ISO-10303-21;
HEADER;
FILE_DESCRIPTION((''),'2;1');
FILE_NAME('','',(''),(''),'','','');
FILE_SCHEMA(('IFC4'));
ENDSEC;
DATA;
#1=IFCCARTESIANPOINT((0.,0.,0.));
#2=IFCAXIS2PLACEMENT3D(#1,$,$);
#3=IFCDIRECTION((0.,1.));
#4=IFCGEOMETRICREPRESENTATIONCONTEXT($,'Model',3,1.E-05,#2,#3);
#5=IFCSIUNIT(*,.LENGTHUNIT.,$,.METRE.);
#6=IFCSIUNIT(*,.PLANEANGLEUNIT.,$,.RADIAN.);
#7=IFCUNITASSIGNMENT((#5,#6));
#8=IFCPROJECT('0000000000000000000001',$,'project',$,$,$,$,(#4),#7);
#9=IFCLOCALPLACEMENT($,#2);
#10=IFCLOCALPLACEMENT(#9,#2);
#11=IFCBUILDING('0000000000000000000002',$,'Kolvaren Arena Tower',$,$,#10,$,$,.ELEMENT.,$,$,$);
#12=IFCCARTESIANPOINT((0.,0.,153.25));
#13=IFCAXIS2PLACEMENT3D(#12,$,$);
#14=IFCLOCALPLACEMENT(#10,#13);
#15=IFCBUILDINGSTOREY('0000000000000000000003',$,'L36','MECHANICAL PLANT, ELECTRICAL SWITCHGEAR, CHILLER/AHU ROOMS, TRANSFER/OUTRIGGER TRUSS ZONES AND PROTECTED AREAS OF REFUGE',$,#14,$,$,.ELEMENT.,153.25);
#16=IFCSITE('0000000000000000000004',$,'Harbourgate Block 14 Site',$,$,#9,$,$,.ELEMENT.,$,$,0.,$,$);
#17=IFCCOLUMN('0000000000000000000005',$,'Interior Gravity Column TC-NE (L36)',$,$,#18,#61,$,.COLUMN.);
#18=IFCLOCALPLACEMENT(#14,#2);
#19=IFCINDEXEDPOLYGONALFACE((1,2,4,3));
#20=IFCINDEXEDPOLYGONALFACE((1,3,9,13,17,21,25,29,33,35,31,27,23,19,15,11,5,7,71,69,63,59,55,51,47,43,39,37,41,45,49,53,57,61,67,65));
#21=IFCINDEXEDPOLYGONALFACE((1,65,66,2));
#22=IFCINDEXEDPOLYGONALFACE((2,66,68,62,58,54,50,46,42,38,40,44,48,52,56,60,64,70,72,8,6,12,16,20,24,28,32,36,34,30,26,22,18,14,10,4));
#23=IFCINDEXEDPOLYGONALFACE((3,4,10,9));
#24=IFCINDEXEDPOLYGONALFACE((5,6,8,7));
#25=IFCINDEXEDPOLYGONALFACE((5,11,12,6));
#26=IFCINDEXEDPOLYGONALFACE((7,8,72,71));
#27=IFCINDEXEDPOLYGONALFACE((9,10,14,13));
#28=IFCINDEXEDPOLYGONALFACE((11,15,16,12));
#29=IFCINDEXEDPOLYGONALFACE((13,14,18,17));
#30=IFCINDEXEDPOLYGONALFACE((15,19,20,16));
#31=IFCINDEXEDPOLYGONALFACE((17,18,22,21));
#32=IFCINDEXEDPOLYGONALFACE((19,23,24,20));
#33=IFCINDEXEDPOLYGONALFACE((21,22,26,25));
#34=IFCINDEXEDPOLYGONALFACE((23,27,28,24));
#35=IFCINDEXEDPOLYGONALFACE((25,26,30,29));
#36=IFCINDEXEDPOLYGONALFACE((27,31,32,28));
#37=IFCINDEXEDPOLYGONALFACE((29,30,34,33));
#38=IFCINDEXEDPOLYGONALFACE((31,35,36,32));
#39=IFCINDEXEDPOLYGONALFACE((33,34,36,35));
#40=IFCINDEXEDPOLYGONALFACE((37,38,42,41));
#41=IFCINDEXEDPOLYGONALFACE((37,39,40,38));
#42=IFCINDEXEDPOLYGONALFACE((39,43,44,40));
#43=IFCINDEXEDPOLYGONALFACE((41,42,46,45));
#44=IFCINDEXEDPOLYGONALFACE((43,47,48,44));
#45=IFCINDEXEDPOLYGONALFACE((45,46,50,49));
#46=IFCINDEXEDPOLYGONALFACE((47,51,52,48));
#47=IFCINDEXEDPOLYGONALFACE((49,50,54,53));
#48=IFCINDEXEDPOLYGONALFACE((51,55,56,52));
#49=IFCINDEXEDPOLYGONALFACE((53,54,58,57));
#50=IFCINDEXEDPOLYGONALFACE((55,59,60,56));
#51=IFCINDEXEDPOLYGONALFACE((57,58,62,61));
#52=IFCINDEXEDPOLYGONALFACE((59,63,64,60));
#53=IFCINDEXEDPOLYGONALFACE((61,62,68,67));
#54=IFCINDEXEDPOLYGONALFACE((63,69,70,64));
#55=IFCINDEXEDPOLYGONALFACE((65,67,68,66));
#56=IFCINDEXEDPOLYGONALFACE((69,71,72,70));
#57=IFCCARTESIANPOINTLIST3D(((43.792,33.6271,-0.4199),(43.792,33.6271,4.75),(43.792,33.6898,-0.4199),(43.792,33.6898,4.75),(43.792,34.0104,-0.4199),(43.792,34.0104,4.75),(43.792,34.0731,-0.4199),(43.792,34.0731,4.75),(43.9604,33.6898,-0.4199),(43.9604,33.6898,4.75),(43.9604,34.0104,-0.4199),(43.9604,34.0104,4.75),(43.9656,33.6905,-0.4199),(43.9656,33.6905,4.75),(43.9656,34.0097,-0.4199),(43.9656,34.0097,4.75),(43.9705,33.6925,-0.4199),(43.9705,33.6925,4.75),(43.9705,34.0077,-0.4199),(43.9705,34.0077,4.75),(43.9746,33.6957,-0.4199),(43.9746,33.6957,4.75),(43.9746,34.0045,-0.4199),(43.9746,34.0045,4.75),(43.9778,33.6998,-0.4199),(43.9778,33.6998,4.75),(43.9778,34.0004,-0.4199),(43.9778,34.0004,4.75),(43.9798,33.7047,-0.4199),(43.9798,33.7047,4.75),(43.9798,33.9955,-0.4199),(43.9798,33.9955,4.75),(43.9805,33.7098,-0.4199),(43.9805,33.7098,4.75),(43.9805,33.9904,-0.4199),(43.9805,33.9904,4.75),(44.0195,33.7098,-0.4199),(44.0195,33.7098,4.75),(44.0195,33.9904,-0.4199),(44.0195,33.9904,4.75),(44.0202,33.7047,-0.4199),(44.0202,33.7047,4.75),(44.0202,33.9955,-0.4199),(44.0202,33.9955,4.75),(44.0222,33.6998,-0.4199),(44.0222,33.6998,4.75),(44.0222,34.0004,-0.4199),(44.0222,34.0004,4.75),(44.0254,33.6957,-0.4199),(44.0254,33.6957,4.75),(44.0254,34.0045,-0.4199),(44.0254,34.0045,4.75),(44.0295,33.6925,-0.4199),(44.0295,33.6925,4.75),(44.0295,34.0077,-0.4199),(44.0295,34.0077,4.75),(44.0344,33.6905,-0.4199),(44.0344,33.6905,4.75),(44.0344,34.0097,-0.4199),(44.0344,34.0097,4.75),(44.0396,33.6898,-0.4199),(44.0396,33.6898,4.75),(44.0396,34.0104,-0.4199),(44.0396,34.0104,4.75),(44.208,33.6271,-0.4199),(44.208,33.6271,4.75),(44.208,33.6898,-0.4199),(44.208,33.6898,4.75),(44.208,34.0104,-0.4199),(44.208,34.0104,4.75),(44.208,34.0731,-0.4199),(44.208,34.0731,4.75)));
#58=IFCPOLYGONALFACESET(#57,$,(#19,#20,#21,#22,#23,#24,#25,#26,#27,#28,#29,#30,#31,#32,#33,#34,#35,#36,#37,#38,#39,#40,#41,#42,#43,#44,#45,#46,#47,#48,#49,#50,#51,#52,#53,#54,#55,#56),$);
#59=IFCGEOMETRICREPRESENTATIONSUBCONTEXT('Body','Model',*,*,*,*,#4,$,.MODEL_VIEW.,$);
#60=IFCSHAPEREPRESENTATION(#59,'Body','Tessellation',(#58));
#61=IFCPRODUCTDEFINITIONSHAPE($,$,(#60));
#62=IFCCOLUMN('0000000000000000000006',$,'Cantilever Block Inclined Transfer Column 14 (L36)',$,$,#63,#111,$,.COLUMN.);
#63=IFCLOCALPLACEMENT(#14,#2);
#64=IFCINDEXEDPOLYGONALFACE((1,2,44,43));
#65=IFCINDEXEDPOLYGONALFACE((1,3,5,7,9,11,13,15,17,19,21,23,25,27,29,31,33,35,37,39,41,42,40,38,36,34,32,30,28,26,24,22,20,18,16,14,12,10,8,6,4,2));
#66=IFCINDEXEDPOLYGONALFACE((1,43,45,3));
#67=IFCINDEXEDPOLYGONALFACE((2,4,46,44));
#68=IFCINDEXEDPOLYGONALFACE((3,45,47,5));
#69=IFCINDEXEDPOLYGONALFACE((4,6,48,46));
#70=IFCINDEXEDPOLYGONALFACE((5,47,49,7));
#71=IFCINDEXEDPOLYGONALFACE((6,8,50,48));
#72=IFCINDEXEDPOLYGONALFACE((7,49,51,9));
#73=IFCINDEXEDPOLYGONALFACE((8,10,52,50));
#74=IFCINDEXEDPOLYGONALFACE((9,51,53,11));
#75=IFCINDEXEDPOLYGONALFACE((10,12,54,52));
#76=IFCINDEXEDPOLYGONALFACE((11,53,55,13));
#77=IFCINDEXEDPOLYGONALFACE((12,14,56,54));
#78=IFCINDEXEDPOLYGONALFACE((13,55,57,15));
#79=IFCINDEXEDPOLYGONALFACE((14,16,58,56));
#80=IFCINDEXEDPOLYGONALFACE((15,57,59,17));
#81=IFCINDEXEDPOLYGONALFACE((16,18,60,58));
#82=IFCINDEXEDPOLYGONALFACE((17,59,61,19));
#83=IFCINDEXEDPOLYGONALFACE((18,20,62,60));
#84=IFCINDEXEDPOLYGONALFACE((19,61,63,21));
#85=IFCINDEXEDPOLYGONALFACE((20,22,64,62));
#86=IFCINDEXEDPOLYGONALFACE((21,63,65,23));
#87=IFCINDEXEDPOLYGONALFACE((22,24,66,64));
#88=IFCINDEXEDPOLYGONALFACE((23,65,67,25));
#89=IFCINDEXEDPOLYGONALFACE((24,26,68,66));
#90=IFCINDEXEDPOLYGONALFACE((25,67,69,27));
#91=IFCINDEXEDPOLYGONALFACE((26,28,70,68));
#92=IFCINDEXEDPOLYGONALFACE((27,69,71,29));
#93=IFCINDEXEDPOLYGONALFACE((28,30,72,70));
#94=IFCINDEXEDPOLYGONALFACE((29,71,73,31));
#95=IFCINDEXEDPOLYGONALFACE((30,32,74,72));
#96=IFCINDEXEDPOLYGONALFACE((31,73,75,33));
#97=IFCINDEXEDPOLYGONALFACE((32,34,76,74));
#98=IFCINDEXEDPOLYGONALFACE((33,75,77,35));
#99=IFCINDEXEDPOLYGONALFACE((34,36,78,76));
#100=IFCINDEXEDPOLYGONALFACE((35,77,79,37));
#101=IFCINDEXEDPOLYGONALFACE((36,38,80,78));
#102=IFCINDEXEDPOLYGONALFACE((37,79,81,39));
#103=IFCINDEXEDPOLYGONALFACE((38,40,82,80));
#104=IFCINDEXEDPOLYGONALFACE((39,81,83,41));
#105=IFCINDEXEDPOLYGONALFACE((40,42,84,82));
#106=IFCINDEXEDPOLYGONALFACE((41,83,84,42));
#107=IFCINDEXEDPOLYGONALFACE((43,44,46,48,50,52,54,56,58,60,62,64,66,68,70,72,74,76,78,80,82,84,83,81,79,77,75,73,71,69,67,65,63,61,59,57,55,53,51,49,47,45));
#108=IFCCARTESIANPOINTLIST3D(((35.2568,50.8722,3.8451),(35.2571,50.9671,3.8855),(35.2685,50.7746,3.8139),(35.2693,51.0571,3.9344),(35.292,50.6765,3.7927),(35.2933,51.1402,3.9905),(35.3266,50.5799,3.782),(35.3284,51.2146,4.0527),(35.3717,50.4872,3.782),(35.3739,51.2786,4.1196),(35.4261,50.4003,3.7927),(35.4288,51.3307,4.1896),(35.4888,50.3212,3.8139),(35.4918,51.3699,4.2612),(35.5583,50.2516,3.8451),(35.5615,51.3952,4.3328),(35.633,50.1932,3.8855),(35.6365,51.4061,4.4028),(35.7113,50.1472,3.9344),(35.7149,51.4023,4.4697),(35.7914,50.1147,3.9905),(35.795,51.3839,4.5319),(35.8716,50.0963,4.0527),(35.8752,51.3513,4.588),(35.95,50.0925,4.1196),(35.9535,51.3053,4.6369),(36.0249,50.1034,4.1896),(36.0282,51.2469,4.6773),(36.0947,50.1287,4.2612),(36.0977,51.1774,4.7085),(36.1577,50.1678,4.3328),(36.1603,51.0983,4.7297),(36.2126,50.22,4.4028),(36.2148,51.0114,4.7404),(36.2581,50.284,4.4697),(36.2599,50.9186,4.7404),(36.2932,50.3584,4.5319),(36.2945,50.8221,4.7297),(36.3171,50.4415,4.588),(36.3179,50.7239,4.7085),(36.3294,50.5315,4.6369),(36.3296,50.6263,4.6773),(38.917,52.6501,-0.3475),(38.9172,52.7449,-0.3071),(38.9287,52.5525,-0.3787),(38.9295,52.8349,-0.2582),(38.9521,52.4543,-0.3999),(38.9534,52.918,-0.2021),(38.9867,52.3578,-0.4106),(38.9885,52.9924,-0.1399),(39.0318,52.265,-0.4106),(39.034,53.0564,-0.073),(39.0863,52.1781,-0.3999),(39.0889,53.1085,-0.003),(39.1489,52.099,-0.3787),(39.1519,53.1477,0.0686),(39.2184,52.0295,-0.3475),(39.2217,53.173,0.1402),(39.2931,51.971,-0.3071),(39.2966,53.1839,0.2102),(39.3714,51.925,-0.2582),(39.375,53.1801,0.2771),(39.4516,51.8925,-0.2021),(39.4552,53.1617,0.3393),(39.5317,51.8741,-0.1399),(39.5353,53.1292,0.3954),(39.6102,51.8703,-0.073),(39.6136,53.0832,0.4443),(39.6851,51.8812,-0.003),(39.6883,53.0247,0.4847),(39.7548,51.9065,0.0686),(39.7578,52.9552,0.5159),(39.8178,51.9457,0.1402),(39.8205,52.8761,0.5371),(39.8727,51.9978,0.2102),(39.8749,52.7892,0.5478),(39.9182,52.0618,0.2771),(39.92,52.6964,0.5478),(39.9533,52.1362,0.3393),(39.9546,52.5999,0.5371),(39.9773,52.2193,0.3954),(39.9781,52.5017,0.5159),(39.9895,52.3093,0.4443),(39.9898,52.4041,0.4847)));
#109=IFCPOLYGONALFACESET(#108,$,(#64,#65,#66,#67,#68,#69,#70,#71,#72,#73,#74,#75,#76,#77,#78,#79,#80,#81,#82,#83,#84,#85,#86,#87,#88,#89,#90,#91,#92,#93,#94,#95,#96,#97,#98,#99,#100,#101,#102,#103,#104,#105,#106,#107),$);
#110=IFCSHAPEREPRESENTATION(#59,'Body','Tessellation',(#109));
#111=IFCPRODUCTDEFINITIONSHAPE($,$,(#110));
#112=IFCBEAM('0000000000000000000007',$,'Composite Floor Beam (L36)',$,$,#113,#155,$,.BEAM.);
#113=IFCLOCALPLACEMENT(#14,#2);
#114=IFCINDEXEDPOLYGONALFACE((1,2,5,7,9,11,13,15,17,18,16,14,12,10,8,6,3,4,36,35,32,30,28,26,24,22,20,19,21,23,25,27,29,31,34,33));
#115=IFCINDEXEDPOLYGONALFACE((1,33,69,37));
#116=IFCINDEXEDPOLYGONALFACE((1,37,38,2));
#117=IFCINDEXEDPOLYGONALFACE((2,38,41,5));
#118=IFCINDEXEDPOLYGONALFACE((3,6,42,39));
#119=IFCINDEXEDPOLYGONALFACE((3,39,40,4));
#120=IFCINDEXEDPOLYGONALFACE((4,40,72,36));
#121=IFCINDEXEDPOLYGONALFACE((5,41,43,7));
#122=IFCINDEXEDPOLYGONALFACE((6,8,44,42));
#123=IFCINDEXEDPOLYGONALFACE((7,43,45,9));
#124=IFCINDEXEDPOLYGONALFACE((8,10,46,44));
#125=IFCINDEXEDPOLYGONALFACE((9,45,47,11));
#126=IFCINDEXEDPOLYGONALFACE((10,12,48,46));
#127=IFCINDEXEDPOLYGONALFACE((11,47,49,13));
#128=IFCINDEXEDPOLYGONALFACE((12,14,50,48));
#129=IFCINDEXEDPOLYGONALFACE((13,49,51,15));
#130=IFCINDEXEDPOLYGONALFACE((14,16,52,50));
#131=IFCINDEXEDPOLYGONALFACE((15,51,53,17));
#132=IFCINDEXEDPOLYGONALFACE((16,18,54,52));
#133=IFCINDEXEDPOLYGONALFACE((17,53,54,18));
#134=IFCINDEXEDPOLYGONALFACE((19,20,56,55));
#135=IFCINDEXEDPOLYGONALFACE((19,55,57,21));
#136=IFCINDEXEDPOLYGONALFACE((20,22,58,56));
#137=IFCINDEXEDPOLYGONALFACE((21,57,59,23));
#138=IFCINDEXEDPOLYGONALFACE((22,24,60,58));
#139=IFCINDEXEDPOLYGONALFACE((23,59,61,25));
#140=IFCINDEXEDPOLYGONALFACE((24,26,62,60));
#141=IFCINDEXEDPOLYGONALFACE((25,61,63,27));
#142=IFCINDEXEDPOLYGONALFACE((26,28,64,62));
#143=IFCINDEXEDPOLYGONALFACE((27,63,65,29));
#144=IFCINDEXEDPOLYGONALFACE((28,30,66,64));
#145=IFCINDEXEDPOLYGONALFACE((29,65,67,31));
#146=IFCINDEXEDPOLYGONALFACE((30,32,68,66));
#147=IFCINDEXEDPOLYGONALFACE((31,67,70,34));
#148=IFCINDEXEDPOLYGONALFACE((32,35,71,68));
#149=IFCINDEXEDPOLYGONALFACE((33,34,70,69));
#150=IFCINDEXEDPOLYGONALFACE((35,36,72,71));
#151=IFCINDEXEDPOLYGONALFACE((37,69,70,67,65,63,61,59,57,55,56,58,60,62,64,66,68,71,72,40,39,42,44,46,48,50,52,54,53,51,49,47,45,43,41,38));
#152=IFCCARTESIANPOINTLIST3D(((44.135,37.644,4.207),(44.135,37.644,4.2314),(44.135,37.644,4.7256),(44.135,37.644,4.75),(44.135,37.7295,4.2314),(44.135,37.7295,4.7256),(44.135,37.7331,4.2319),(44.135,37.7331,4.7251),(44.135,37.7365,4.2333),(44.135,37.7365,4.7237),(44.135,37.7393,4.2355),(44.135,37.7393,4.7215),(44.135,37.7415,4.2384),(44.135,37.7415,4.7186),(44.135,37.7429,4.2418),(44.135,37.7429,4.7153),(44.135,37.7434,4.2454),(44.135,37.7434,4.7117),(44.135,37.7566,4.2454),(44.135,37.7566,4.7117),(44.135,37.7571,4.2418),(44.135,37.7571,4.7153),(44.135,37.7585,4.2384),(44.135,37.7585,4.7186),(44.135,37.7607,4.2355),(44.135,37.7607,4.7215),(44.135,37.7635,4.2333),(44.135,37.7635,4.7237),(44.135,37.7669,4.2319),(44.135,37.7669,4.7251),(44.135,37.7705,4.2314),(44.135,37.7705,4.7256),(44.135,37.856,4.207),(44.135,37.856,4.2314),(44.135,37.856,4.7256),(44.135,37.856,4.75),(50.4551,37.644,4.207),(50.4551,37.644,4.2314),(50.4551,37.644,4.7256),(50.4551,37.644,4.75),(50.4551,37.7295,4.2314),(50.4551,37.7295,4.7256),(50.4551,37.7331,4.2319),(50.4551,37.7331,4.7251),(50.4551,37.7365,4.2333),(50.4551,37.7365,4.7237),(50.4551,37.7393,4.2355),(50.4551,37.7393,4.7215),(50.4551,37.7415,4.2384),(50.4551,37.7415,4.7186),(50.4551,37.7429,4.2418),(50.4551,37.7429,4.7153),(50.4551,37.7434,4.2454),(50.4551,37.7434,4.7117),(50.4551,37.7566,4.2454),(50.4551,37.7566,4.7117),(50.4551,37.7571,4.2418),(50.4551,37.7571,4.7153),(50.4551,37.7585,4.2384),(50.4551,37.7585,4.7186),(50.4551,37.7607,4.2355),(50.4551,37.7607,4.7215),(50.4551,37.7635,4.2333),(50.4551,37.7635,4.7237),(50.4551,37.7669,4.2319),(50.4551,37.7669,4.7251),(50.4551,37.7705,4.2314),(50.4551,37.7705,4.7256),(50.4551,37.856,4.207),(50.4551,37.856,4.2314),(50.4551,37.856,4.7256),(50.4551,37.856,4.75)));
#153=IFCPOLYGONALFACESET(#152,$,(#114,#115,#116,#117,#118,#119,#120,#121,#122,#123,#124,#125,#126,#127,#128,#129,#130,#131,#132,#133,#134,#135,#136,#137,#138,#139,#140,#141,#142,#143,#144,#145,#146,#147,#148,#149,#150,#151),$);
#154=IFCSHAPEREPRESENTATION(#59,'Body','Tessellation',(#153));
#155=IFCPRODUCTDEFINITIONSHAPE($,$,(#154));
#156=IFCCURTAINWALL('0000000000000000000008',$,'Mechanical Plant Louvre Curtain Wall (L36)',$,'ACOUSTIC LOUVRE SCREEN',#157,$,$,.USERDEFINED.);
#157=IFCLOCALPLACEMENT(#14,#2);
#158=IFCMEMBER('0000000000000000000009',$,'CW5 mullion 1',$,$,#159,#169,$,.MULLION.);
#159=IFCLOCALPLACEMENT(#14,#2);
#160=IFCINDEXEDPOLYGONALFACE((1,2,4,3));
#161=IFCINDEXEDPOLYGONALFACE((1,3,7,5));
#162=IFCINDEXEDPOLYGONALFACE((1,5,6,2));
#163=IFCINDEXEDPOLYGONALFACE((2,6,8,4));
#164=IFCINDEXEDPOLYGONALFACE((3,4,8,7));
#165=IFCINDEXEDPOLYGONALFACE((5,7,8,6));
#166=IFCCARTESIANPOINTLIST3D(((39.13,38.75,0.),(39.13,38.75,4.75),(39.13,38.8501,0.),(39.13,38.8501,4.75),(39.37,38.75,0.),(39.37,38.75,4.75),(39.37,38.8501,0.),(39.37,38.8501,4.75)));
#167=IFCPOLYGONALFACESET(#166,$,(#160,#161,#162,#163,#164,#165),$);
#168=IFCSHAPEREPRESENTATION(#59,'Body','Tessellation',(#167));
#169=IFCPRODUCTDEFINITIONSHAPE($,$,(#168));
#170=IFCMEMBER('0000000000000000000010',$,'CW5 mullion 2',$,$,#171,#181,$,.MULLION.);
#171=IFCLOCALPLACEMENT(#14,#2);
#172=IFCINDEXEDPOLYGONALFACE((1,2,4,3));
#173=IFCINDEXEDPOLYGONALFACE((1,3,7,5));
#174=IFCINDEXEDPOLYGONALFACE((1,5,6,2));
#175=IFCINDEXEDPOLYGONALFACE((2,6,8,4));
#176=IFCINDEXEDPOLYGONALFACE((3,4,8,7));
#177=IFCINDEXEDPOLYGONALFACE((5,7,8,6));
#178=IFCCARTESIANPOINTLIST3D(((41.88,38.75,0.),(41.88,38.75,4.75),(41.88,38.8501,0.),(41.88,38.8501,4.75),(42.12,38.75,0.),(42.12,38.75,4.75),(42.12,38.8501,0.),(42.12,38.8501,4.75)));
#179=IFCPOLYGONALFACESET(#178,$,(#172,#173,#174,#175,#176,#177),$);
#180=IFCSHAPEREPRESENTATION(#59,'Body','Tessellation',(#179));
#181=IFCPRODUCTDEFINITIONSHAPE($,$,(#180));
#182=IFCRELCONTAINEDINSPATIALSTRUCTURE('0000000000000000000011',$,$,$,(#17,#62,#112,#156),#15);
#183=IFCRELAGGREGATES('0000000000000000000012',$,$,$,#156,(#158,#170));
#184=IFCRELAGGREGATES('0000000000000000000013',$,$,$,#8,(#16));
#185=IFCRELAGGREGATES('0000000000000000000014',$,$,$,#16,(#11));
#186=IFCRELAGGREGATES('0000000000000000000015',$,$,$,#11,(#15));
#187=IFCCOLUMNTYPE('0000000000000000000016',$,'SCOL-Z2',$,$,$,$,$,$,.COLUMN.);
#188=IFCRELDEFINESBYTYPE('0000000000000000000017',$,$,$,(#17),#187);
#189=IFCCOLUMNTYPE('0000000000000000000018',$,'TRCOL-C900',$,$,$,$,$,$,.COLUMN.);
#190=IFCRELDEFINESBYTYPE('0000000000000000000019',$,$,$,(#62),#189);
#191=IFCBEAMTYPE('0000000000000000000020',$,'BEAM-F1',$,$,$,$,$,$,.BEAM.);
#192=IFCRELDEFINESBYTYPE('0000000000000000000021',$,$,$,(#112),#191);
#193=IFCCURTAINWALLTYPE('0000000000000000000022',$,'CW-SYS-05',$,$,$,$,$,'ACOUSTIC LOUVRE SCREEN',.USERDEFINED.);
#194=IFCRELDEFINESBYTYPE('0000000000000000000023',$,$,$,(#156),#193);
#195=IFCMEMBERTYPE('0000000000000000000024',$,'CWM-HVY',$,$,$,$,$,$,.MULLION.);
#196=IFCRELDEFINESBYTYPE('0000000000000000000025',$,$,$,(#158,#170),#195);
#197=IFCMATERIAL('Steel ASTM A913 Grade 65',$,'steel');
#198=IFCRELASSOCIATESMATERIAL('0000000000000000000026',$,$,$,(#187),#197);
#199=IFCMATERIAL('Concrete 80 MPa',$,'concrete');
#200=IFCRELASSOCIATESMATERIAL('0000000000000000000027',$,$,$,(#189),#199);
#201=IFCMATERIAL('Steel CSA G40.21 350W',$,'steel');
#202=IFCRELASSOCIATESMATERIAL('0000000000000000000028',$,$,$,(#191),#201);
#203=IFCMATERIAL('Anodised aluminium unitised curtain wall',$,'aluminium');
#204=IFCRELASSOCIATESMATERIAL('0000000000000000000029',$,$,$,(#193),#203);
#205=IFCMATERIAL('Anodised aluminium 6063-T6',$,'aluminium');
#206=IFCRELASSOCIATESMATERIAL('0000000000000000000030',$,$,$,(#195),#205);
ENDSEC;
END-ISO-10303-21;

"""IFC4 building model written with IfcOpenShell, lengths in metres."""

from ifc_helpers import new_model, si_unit, direction, frame, origin, origin_2d, place, context, subcontext, project, spatial, rectangle, circle, i_section, extrude, material, material_profile, profile_set, type_object, element, aggregate, save


model = new_model("IFC4")

# Units and contexts
model_context = context("Model", 3, precision=1e-05, world=origin(), true_north=direction((0.0, 1.0)))
body_context = subcontext(model_context, "Body", "Model", "MODEL_VIEW")
ifc_project = project(units=[si_unit("LENGTHUNIT", "METRE"), si_unit("PLANEANGLEUNIT", "RADIAN")], contexts=[model_context])

# Site, building, storey
site_placement = place(None, origin())
site = spatial("IfcSite", under=ifc_project, at=site_placement, Name="Harbourgate Block 14 Site", CompositionType="ELEMENT", RefElevation=0.0)
building_placement = place(site_placement, origin())
building = spatial("IfcBuilding", under=site, at=building_placement, Name="Kolvaren Arena Tower", CompositionType="ELEMENT")
storey_placement = place(building_placement, frame((0.0, 0.0, 153.25)))
storey = spatial("IfcBuildingStorey", under=building, at=storey_placement, Name="L36", Description="MECHANICAL PLANT, ELECTRICAL SWITCHGEAR, CHILLER/AHU ROOMS, TRANSFER/OUTRIGGER TRUSS ZONES AND PROTECTED AREAS OF REFUGE", CompositionType="ELEMENT", Elevation=153.25)

# Columns
ifc_material_1 = material(Name="Steel ASTM A913 Grade 65", Category="steel")
ifc_material_profile_1 = material_profile(ifc_material_1, i_section(OverallWidth=0.416, OverallDepth=0.446, WebThickness=0.0391, FlangeThickness=0.0627, FilletRadius=0.02, at=origin_2d()), Name="W360x509")
ifc_profile_set_1 = profile_set([ifc_material_profile_1], Name="Steel ASTM A913 Grade 65")
column_type_1 = type_object("IfcColumnType", Name="SCOL-Z2", PredefinedType="COLUMN", material=ifc_profile_set_1)
column_1_placement = place(storey_placement, frame((44.0, 33.8501, -0.4199), z_axis=(0.0, 0.0, 1.0), x_axis=(1.0, 0.0, 0.0)))
element("IfcColumn", 1, at=column_1_placement, inside=storey, type_object=column_type_1, Name="Interior Gravity Column TC-NE (L36)", PredefinedType="COLUMN", context=body_context, shape_type="SweptSolid", body=[
    extrude(i_section(OverallWidth=0.416, OverallDepth=0.446, WebThickness=0.0391, FlangeThickness=0.0627, FilletRadius=0.02, at=origin_2d()), origin(), (0.0, 0.0, 1.0), 5.1699),
])
ifc_material_2 = material(Name="Concrete 80 MPa", Category="concrete")
ifc_material_profile_2 = material_profile(ifc_material_2, circle(Radius=0.6899, at=origin_2d()), Name="RC-CIRC-1380")
ifc_profile_set_2 = profile_set([ifc_material_profile_2], Name="Concrete 80 MPa")
column_type_2 = type_object("IfcColumnType", Name="TRCOL-C900", PredefinedType="COLUMN", material=ifc_profile_set_2)
column_2_placement = place(storey_placement, frame((39.4534, 52.5271, 0.0686), z_axis=(-0.626464, -0.30429, 0.717601), x_axis=(0.436912, -0.899504, 0.0)))
element("IfcColumn", 2, at=column_2_placement, inside=storey, type_object=column_type_2, Name="Cantilever Block Inclined Transfer Column 14 (L36)", PredefinedType="COLUMN", context=body_context, shape_type="SweptSolid", body=[
    extrude(circle(Radius=0.6899, at=origin_2d()), origin(), (0.0, 0.0, 1.0), 5.8425),
])

# Beam
ifc_material_3 = material(Name="Steel CSA G40.21 350W", Category="steel")
ifc_material_profile_3 = material_profile(ifc_material_3, i_section(OverallWidth=0.2119, OverallDepth=0.543, WebThickness=0.0132, FlangeThickness=0.0244, FilletRadius=0.0139, at=origin_2d()), Name="W530x150")
ifc_profile_set_3 = profile_set([ifc_material_profile_3], Name="Steel CSA G40.21 350W")
beam_type_1 = type_object("IfcBeamType", Name="BEAM-F1", PredefinedType="BEAM", material=ifc_profile_set_3)
beam_1_placement = place(storey_placement, frame((44.135, 37.75, 4.4785), z_axis=(1.0, 0.0, 0.0), x_axis=(0.0, 1.0, 0.0)))
element("IfcBeam", 3, at=beam_1_placement, inside=storey, type_object=beam_type_1, Name="Composite Floor Beam (L36)", PredefinedType="BEAM", context=body_context, shape_type="SweptSolid", body=[
    extrude(i_section(OverallWidth=0.2119, OverallDepth=0.543, WebThickness=0.0132, FlangeThickness=0.0244, FilletRadius=0.0139, at=origin_2d()), origin(), (0.0, 0.0, 1.0), 6.3201),
])

# Curtain wall, members
ifc_material_4 = material(Name="Anodised aluminium unitised curtain wall", Category="aluminium")
curtain_wall_type = type_object("IfcCurtainWallType", Name="CW-SYS-05", ElementType="ACOUSTIC LOUVRE SCREEN", PredefinedType="USERDEFINED", material=ifc_material_4)
curtain_wall_placement = place(storey_placement, origin())
curtain_wall = element("IfcCurtainWall", 4, at=curtain_wall_placement, inside=storey, type_object=curtain_wall_type, Name="Mechanical Plant Louvre Curtain Wall (L36)", ObjectType="ACOUSTIC LOUVRE SCREEN", PredefinedType="USERDEFINED")
ifc_material_5 = material(Name="Anodised aluminium 6063-T6", Category="aluminium")
ifc_material_profile_4 = material_profile(ifc_material_5, rectangle(XDim=0.1001, YDim=0.24, at=origin_2d()), Name="ALU-100x240")
ifc_profile_set_4 = profile_set([ifc_material_profile_4], Name="Anodised aluminium 6063-T6")
member_type_1 = type_object("IfcMemberType", Name="CWM-HVY", PredefinedType="MULLION", material=ifc_profile_set_4)
member_1_placement = place(storey_placement, frame((39.25, 38.8, 0.0), z_axis=(0.0, 0.0, 1.0), x_axis=(0.0, 1.0, 0.0)))
member_1 = element("IfcMember", 5, at=member_1_placement, type_object=member_type_1, Name="CW5 mullion 1", PredefinedType="MULLION", context=body_context, shape_type="SweptSolid", body=[
    extrude(rectangle(XDim=0.1001, YDim=0.24, at=origin_2d()), origin(), (0.0, 0.0, 1.0), 4.75),
])
member_2_placement = place(storey_placement, frame((42.0, 38.8, 0.0), z_axis=(0.0, 0.0, 1.0), x_axis=(0.0, 1.0, 0.0)))
member_2 = element("IfcMember", 6, at=member_2_placement, type_object=member_type_1, Name="CW5 mullion 2", PredefinedType="MULLION", context=body_context, shape_type="SweptSolid", body=[
    extrude(rectangle(XDim=0.1001, YDim=0.24, at=origin_2d()), origin(), (0.0, 0.0, 1.0), 4.75),
])

aggregate(curtain_wall, [member_1, member_2])

save(model, "model.ifc")
